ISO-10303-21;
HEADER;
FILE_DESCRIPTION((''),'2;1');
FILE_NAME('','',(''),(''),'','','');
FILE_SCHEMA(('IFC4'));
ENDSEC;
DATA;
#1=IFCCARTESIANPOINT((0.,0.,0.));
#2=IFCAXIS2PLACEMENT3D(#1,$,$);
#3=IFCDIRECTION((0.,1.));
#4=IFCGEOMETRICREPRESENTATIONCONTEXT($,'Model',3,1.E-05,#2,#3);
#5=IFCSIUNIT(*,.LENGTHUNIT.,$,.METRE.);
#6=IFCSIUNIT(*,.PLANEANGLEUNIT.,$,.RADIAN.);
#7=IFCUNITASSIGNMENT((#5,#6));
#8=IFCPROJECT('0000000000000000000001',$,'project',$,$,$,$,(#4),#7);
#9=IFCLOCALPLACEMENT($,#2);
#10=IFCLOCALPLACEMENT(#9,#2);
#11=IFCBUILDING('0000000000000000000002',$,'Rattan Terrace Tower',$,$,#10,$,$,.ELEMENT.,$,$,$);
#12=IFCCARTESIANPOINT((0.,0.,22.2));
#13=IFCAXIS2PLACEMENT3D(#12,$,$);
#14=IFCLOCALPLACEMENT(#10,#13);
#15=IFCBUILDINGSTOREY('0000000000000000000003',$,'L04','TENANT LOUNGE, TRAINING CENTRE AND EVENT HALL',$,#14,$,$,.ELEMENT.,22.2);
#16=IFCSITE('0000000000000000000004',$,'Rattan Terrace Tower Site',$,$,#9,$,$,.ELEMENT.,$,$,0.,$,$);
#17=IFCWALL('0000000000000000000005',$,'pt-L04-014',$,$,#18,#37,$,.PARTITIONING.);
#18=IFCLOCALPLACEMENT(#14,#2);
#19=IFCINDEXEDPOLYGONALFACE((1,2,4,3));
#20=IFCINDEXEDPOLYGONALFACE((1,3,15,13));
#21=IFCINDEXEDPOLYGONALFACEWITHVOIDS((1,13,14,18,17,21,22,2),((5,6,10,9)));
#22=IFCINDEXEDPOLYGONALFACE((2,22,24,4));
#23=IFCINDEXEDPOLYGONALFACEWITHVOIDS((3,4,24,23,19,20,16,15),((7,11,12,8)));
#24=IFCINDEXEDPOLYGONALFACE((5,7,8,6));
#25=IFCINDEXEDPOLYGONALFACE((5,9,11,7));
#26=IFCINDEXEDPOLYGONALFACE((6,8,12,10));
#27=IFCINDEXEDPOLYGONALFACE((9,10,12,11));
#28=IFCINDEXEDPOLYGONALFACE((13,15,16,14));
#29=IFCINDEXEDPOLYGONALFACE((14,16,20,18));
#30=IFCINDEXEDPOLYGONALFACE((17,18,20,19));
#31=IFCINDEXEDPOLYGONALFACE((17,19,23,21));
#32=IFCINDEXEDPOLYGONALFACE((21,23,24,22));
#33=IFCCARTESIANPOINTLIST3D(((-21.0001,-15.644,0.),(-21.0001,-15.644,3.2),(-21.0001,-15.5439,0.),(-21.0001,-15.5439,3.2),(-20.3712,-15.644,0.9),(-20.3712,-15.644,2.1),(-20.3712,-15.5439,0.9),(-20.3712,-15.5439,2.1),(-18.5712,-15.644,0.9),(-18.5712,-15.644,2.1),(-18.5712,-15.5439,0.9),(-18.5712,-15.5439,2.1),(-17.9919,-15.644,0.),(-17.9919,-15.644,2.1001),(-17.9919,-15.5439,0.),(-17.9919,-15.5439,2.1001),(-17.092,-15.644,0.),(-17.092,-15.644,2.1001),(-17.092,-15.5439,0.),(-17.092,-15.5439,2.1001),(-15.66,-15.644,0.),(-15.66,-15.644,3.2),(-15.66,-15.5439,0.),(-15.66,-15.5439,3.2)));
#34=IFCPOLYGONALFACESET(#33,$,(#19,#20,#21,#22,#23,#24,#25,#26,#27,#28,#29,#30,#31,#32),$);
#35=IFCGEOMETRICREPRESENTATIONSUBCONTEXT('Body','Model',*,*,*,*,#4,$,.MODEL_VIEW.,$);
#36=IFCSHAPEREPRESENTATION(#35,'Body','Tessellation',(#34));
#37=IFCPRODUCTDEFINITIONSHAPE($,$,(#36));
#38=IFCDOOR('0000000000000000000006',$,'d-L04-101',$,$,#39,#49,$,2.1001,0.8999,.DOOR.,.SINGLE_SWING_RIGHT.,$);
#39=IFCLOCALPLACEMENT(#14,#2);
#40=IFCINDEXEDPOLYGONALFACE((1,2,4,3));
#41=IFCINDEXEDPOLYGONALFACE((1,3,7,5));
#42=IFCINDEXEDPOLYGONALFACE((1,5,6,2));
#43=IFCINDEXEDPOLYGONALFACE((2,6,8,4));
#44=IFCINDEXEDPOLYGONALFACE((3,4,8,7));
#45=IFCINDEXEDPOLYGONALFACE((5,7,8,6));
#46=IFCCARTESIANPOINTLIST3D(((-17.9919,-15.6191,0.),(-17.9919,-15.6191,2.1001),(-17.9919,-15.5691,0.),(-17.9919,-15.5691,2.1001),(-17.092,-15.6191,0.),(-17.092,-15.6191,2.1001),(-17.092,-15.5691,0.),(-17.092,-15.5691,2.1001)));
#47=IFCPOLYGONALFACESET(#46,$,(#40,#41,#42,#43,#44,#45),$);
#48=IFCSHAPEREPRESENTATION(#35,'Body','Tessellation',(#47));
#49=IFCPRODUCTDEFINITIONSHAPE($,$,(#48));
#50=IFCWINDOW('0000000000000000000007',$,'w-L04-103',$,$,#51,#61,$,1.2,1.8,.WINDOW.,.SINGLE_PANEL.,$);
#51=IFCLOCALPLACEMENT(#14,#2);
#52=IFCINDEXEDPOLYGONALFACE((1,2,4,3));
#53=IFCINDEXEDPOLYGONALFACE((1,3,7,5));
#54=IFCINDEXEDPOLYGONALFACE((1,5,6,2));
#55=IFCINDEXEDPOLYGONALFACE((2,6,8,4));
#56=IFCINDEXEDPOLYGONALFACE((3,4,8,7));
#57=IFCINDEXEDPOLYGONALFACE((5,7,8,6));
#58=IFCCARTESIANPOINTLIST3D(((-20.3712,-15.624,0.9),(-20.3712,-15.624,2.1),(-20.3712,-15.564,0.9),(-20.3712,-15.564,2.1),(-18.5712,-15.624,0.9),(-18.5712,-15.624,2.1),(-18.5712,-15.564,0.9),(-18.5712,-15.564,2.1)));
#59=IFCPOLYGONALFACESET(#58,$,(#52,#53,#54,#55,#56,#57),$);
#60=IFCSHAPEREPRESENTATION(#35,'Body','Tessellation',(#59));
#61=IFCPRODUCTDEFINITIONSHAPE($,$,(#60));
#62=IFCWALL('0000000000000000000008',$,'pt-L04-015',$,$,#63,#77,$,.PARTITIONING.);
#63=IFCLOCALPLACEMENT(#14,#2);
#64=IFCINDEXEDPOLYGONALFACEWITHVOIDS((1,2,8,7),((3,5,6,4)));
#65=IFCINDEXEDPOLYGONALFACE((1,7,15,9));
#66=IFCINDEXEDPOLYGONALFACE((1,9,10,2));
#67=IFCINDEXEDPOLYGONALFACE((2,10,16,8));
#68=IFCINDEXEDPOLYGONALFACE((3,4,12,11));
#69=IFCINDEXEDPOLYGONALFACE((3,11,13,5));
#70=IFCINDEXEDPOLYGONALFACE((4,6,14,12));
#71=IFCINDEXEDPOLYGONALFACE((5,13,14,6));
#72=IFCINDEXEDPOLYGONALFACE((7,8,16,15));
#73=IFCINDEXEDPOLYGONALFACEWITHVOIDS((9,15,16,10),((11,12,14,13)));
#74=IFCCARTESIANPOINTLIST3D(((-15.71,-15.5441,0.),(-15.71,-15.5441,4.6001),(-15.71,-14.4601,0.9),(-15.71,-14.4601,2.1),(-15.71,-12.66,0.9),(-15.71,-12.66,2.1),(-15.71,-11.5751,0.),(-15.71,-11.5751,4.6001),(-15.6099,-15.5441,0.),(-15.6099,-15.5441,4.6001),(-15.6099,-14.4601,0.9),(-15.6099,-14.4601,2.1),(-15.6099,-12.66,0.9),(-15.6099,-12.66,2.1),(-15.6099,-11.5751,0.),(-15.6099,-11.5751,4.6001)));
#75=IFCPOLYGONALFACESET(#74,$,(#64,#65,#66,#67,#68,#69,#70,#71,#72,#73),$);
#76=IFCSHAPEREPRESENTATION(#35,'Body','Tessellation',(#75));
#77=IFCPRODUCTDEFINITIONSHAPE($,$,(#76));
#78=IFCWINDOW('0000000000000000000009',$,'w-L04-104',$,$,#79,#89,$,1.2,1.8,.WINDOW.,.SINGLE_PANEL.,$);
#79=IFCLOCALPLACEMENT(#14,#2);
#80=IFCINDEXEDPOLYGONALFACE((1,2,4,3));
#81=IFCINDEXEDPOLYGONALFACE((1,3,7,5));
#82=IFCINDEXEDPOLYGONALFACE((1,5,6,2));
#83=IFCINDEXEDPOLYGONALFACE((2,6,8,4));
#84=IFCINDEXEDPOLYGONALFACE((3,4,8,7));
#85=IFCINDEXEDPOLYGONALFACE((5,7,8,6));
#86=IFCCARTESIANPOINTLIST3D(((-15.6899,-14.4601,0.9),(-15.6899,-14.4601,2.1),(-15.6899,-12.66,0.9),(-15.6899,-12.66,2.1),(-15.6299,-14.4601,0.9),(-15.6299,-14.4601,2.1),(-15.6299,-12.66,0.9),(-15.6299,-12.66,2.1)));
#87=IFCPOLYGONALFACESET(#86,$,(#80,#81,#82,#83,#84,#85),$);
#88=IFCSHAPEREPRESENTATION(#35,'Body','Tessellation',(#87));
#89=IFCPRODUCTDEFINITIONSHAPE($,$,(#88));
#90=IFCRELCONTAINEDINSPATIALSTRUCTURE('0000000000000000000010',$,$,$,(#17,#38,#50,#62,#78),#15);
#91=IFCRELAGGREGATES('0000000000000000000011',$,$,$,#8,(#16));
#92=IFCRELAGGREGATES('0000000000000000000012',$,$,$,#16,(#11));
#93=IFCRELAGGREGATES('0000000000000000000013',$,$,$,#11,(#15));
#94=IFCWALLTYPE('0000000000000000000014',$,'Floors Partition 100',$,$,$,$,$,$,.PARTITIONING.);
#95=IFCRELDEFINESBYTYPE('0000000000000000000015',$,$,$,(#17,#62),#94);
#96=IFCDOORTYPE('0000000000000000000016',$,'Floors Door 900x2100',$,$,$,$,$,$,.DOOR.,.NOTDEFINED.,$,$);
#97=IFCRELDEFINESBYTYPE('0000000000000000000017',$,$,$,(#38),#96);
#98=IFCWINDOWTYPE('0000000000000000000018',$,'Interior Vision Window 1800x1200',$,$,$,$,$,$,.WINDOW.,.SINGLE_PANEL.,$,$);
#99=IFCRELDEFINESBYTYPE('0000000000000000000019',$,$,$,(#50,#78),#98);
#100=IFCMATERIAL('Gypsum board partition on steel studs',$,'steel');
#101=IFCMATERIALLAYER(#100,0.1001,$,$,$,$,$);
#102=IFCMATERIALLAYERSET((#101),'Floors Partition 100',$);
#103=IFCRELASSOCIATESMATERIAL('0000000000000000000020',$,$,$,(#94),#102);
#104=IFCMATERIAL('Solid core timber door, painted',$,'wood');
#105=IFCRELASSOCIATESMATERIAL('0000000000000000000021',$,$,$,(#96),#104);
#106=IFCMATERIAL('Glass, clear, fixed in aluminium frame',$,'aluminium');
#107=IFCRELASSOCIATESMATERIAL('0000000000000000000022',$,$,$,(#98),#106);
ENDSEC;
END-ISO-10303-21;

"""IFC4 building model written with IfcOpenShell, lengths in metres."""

from ifc_helpers import new_model, si_unit, direction, frame, frame_2d, origin, place, context, subcontext, project, spatial, rectangle, extrude, material, layer, layer_set, type_object, element, fill, save


model = new_model("IFC4")

# Units and contexts
model_context = context("Model", 3, precision=1e-05, world=origin(), true_north=direction((0.0, 1.0)))
body_context = subcontext(model_context, "Body", "Model", "MODEL_VIEW")
ifc_project = project(units=[si_unit("LENGTHUNIT", "METRE"), si_unit("PLANEANGLEUNIT", "RADIAN")], contexts=[model_context])

# Site, building, storey
site_placement = place(None, origin())
site = spatial("IfcSite", under=ifc_project, at=site_placement, Name="Rattan Terrace Tower Site", CompositionType="ELEMENT", RefElevation=0.0)
building_placement = place(site_placement, origin())
building = spatial("IfcBuilding", under=site, at=building_placement, Name="Rattan Terrace Tower", CompositionType="ELEMENT")
storey_placement = place(building_placement, frame((0.0, 0.0, 22.2)))
storey = spatial("IfcBuildingStorey", under=building, at=storey_placement, Name="L04", Description="TENANT LOUNGE, TRAINING CENTRE AND EVENT HALL", CompositionType="ELEMENT", Elevation=22.2)

# Wall, openings, door, window
ifc_material_1 = material(Name="Gypsum board partition on steel studs", Category="steel")
ifc_layer = layer(ifc_material_1, 0.1001)
ifc_layer_set = layer_set([ifc_layer], Name="Floors Partition 100")
wall_type = type_object("IfcWallType", Name="Floors Partition 100", PredefinedType="PARTITIONING", material=ifc_layer_set)
wall_1_placement = place(storey_placement, frame((-21.0, -15.594, 0.0), z_axis=(0.0, 0.0, 1.0), x_axis=(1.0, 0.0, 0.0)))
wall_1 = element("IfcWall", 1, at=wall_1_placement, inside=storey, type_object=wall_type, Name="pt-L04-014", PredefinedType="PARTITIONING", context=body_context, shape_type="SweptSolid", body=[
    extrude(rectangle(XDim=5.3401, YDim=0.1001, at=frame_2d((2.6699, 0.0))), origin(), (0.0, 0.0, 1.0), 3.2),
])
opening_1_placement = place(wall_1_placement, frame((3.0081, 0.0, 0.0)))
opening_1 = element("IfcOpeningElement", 2, at=opening_1_placement, cuts=wall_1, PredefinedType="OPENING", context=body_context, shape_type="SweptSolid", body=[
    extrude(rectangle(XDim=0.8999, YDim=2.1001, at=frame_2d((0.45, 1.05))), frame((0.0, 0.0605, 0.0), z_axis=(0.0, -1.0, 0.0), x_axis=(1.0, 0.0, 0.0)), (0.0, 0.0, 1.0), 0.1211),
])
opening_2_placement = place(wall_1_placement, frame((0.6289, 0.0, 0.8999)))
opening_2 = element("IfcOpeningElement", 3, at=opening_2_placement, cuts=wall_1, PredefinedType="OPENING", context=body_context, shape_type="SweptSolid", body=[
    extrude(rectangle(XDim=1.8, YDim=1.2, at=frame_2d((0.8999, 0.6001))), frame((0.0, 0.0605, 0.0), z_axis=(0.0, -1.0, 0.0), x_axis=(1.0, 0.0, 0.0)), (0.0, 0.0, 1.0), 0.1211),
])
ifc_material_2 = material(Name="Solid core timber door, painted", Category="wood")
door_type = type_object("IfcDoorType", Name="Floors Door 900x2100", OperationType="NOTDEFINED", PredefinedType="DOOR", material=ifc_material_2)
door_placement = place(opening_1_placement, origin())
door = element("IfcDoor", 4, at=door_placement, inside=storey, type_object=door_type, Name="d-L04-101", OperationType="SINGLE_SWING_RIGHT", OverallHeight=2.1001, OverallWidth=0.8999, PredefinedType="DOOR", context=body_context, shape_type="SweptSolid", body=[
    extrude(rectangle(XDim=0.8999, YDim=2.1001, at=frame_2d((0.45, 1.05))), frame((0.0, 0.0249, 0.0), z_axis=(0.0, -1.0, 0.0), x_axis=(1.0, 0.0, 0.0)), (0.0, 0.0, 1.0), 0.05),
])
fill(opening_1, door)
ifc_material_3 = material(Name="Glass, clear, fixed in aluminium frame", Category="aluminium")
window_type = type_object("IfcWindowType", Name="Interior Vision Window 1800x1200", PartitioningType="SINGLE_PANEL", PredefinedType="WINDOW", material=ifc_material_3)
window_1_placement = place(opening_2_placement, origin())
window_1 = element("IfcWindow", 5, at=window_1_placement, inside=storey, type_object=window_type, Name="w-L04-103", OverallHeight=1.2, OverallWidth=1.8, PartitioningType="SINGLE_PANEL", PredefinedType="WINDOW", context=body_context, shape_type="SweptSolid", body=[
    extrude(rectangle(XDim=1.8, YDim=1.2, at=frame_2d((0.8999, 0.6001))), frame((0.0, 0.03, 0.0), z_axis=(0.0, -1.0, 0.0), x_axis=(1.0, 0.0, 0.0)), (0.0, 0.0, 1.0), 0.0601),
])
fill(opening_2, window_1)

# Wall, opening, window
wall_2_placement = place(storey_placement, frame((-15.6599, -15.5439, 0.0), z_axis=(0.0, 0.0, 1.0), x_axis=(0.0, 1.0, 0.0)))
wall_2 = element("IfcWall", 6, at=wall_2_placement, inside=storey, type_object=wall_type, Name="pt-L04-015", PredefinedType="PARTITIONING", context=body_context, shape_type="SweptSolid", body=[
    extrude(rectangle(XDim=3.969, YDim=0.1001, at=frame_2d((1.9844, 0.0))), origin(), (0.0, 0.0, 1.0), 4.6001),
])
opening_3_placement = place(wall_2_placement, frame((1.084, 0.0, 0.8999)))
opening_3 = element("IfcOpeningElement", 7, at=opening_3_placement, cuts=wall_2, PredefinedType="OPENING", context=body_context, shape_type="SweptSolid", body=[
    extrude(rectangle(XDim=1.8, YDim=1.2, at=frame_2d((0.8999, 0.6001))), frame((0.0, 0.0605, 0.0), z_axis=(0.0, -1.0, 0.0), x_axis=(1.0, 0.0, 0.0)), (0.0, 0.0, 1.0), 0.1211),
])
window_2_placement = place(opening_3_placement, origin())
window_2 = element("IfcWindow", 8, at=window_2_placement, inside=storey, type_object=window_type, Name="w-L04-104", OverallHeight=1.2, OverallWidth=1.8, PartitioningType="SINGLE_PANEL", PredefinedType="WINDOW", context=body_context, shape_type="SweptSolid", body=[
    extrude(rectangle(XDim=1.8, YDim=1.2, at=frame_2d((0.8999, 0.6001))), frame((0.0, 0.03, 0.0), z_axis=(0.0, -1.0, 0.0), x_axis=(1.0, 0.0, 0.0)), (0.0, 0.0, 1.0), 0.0601),
])
fill(opening_3, window_2)

save(model, "model.ifc")
